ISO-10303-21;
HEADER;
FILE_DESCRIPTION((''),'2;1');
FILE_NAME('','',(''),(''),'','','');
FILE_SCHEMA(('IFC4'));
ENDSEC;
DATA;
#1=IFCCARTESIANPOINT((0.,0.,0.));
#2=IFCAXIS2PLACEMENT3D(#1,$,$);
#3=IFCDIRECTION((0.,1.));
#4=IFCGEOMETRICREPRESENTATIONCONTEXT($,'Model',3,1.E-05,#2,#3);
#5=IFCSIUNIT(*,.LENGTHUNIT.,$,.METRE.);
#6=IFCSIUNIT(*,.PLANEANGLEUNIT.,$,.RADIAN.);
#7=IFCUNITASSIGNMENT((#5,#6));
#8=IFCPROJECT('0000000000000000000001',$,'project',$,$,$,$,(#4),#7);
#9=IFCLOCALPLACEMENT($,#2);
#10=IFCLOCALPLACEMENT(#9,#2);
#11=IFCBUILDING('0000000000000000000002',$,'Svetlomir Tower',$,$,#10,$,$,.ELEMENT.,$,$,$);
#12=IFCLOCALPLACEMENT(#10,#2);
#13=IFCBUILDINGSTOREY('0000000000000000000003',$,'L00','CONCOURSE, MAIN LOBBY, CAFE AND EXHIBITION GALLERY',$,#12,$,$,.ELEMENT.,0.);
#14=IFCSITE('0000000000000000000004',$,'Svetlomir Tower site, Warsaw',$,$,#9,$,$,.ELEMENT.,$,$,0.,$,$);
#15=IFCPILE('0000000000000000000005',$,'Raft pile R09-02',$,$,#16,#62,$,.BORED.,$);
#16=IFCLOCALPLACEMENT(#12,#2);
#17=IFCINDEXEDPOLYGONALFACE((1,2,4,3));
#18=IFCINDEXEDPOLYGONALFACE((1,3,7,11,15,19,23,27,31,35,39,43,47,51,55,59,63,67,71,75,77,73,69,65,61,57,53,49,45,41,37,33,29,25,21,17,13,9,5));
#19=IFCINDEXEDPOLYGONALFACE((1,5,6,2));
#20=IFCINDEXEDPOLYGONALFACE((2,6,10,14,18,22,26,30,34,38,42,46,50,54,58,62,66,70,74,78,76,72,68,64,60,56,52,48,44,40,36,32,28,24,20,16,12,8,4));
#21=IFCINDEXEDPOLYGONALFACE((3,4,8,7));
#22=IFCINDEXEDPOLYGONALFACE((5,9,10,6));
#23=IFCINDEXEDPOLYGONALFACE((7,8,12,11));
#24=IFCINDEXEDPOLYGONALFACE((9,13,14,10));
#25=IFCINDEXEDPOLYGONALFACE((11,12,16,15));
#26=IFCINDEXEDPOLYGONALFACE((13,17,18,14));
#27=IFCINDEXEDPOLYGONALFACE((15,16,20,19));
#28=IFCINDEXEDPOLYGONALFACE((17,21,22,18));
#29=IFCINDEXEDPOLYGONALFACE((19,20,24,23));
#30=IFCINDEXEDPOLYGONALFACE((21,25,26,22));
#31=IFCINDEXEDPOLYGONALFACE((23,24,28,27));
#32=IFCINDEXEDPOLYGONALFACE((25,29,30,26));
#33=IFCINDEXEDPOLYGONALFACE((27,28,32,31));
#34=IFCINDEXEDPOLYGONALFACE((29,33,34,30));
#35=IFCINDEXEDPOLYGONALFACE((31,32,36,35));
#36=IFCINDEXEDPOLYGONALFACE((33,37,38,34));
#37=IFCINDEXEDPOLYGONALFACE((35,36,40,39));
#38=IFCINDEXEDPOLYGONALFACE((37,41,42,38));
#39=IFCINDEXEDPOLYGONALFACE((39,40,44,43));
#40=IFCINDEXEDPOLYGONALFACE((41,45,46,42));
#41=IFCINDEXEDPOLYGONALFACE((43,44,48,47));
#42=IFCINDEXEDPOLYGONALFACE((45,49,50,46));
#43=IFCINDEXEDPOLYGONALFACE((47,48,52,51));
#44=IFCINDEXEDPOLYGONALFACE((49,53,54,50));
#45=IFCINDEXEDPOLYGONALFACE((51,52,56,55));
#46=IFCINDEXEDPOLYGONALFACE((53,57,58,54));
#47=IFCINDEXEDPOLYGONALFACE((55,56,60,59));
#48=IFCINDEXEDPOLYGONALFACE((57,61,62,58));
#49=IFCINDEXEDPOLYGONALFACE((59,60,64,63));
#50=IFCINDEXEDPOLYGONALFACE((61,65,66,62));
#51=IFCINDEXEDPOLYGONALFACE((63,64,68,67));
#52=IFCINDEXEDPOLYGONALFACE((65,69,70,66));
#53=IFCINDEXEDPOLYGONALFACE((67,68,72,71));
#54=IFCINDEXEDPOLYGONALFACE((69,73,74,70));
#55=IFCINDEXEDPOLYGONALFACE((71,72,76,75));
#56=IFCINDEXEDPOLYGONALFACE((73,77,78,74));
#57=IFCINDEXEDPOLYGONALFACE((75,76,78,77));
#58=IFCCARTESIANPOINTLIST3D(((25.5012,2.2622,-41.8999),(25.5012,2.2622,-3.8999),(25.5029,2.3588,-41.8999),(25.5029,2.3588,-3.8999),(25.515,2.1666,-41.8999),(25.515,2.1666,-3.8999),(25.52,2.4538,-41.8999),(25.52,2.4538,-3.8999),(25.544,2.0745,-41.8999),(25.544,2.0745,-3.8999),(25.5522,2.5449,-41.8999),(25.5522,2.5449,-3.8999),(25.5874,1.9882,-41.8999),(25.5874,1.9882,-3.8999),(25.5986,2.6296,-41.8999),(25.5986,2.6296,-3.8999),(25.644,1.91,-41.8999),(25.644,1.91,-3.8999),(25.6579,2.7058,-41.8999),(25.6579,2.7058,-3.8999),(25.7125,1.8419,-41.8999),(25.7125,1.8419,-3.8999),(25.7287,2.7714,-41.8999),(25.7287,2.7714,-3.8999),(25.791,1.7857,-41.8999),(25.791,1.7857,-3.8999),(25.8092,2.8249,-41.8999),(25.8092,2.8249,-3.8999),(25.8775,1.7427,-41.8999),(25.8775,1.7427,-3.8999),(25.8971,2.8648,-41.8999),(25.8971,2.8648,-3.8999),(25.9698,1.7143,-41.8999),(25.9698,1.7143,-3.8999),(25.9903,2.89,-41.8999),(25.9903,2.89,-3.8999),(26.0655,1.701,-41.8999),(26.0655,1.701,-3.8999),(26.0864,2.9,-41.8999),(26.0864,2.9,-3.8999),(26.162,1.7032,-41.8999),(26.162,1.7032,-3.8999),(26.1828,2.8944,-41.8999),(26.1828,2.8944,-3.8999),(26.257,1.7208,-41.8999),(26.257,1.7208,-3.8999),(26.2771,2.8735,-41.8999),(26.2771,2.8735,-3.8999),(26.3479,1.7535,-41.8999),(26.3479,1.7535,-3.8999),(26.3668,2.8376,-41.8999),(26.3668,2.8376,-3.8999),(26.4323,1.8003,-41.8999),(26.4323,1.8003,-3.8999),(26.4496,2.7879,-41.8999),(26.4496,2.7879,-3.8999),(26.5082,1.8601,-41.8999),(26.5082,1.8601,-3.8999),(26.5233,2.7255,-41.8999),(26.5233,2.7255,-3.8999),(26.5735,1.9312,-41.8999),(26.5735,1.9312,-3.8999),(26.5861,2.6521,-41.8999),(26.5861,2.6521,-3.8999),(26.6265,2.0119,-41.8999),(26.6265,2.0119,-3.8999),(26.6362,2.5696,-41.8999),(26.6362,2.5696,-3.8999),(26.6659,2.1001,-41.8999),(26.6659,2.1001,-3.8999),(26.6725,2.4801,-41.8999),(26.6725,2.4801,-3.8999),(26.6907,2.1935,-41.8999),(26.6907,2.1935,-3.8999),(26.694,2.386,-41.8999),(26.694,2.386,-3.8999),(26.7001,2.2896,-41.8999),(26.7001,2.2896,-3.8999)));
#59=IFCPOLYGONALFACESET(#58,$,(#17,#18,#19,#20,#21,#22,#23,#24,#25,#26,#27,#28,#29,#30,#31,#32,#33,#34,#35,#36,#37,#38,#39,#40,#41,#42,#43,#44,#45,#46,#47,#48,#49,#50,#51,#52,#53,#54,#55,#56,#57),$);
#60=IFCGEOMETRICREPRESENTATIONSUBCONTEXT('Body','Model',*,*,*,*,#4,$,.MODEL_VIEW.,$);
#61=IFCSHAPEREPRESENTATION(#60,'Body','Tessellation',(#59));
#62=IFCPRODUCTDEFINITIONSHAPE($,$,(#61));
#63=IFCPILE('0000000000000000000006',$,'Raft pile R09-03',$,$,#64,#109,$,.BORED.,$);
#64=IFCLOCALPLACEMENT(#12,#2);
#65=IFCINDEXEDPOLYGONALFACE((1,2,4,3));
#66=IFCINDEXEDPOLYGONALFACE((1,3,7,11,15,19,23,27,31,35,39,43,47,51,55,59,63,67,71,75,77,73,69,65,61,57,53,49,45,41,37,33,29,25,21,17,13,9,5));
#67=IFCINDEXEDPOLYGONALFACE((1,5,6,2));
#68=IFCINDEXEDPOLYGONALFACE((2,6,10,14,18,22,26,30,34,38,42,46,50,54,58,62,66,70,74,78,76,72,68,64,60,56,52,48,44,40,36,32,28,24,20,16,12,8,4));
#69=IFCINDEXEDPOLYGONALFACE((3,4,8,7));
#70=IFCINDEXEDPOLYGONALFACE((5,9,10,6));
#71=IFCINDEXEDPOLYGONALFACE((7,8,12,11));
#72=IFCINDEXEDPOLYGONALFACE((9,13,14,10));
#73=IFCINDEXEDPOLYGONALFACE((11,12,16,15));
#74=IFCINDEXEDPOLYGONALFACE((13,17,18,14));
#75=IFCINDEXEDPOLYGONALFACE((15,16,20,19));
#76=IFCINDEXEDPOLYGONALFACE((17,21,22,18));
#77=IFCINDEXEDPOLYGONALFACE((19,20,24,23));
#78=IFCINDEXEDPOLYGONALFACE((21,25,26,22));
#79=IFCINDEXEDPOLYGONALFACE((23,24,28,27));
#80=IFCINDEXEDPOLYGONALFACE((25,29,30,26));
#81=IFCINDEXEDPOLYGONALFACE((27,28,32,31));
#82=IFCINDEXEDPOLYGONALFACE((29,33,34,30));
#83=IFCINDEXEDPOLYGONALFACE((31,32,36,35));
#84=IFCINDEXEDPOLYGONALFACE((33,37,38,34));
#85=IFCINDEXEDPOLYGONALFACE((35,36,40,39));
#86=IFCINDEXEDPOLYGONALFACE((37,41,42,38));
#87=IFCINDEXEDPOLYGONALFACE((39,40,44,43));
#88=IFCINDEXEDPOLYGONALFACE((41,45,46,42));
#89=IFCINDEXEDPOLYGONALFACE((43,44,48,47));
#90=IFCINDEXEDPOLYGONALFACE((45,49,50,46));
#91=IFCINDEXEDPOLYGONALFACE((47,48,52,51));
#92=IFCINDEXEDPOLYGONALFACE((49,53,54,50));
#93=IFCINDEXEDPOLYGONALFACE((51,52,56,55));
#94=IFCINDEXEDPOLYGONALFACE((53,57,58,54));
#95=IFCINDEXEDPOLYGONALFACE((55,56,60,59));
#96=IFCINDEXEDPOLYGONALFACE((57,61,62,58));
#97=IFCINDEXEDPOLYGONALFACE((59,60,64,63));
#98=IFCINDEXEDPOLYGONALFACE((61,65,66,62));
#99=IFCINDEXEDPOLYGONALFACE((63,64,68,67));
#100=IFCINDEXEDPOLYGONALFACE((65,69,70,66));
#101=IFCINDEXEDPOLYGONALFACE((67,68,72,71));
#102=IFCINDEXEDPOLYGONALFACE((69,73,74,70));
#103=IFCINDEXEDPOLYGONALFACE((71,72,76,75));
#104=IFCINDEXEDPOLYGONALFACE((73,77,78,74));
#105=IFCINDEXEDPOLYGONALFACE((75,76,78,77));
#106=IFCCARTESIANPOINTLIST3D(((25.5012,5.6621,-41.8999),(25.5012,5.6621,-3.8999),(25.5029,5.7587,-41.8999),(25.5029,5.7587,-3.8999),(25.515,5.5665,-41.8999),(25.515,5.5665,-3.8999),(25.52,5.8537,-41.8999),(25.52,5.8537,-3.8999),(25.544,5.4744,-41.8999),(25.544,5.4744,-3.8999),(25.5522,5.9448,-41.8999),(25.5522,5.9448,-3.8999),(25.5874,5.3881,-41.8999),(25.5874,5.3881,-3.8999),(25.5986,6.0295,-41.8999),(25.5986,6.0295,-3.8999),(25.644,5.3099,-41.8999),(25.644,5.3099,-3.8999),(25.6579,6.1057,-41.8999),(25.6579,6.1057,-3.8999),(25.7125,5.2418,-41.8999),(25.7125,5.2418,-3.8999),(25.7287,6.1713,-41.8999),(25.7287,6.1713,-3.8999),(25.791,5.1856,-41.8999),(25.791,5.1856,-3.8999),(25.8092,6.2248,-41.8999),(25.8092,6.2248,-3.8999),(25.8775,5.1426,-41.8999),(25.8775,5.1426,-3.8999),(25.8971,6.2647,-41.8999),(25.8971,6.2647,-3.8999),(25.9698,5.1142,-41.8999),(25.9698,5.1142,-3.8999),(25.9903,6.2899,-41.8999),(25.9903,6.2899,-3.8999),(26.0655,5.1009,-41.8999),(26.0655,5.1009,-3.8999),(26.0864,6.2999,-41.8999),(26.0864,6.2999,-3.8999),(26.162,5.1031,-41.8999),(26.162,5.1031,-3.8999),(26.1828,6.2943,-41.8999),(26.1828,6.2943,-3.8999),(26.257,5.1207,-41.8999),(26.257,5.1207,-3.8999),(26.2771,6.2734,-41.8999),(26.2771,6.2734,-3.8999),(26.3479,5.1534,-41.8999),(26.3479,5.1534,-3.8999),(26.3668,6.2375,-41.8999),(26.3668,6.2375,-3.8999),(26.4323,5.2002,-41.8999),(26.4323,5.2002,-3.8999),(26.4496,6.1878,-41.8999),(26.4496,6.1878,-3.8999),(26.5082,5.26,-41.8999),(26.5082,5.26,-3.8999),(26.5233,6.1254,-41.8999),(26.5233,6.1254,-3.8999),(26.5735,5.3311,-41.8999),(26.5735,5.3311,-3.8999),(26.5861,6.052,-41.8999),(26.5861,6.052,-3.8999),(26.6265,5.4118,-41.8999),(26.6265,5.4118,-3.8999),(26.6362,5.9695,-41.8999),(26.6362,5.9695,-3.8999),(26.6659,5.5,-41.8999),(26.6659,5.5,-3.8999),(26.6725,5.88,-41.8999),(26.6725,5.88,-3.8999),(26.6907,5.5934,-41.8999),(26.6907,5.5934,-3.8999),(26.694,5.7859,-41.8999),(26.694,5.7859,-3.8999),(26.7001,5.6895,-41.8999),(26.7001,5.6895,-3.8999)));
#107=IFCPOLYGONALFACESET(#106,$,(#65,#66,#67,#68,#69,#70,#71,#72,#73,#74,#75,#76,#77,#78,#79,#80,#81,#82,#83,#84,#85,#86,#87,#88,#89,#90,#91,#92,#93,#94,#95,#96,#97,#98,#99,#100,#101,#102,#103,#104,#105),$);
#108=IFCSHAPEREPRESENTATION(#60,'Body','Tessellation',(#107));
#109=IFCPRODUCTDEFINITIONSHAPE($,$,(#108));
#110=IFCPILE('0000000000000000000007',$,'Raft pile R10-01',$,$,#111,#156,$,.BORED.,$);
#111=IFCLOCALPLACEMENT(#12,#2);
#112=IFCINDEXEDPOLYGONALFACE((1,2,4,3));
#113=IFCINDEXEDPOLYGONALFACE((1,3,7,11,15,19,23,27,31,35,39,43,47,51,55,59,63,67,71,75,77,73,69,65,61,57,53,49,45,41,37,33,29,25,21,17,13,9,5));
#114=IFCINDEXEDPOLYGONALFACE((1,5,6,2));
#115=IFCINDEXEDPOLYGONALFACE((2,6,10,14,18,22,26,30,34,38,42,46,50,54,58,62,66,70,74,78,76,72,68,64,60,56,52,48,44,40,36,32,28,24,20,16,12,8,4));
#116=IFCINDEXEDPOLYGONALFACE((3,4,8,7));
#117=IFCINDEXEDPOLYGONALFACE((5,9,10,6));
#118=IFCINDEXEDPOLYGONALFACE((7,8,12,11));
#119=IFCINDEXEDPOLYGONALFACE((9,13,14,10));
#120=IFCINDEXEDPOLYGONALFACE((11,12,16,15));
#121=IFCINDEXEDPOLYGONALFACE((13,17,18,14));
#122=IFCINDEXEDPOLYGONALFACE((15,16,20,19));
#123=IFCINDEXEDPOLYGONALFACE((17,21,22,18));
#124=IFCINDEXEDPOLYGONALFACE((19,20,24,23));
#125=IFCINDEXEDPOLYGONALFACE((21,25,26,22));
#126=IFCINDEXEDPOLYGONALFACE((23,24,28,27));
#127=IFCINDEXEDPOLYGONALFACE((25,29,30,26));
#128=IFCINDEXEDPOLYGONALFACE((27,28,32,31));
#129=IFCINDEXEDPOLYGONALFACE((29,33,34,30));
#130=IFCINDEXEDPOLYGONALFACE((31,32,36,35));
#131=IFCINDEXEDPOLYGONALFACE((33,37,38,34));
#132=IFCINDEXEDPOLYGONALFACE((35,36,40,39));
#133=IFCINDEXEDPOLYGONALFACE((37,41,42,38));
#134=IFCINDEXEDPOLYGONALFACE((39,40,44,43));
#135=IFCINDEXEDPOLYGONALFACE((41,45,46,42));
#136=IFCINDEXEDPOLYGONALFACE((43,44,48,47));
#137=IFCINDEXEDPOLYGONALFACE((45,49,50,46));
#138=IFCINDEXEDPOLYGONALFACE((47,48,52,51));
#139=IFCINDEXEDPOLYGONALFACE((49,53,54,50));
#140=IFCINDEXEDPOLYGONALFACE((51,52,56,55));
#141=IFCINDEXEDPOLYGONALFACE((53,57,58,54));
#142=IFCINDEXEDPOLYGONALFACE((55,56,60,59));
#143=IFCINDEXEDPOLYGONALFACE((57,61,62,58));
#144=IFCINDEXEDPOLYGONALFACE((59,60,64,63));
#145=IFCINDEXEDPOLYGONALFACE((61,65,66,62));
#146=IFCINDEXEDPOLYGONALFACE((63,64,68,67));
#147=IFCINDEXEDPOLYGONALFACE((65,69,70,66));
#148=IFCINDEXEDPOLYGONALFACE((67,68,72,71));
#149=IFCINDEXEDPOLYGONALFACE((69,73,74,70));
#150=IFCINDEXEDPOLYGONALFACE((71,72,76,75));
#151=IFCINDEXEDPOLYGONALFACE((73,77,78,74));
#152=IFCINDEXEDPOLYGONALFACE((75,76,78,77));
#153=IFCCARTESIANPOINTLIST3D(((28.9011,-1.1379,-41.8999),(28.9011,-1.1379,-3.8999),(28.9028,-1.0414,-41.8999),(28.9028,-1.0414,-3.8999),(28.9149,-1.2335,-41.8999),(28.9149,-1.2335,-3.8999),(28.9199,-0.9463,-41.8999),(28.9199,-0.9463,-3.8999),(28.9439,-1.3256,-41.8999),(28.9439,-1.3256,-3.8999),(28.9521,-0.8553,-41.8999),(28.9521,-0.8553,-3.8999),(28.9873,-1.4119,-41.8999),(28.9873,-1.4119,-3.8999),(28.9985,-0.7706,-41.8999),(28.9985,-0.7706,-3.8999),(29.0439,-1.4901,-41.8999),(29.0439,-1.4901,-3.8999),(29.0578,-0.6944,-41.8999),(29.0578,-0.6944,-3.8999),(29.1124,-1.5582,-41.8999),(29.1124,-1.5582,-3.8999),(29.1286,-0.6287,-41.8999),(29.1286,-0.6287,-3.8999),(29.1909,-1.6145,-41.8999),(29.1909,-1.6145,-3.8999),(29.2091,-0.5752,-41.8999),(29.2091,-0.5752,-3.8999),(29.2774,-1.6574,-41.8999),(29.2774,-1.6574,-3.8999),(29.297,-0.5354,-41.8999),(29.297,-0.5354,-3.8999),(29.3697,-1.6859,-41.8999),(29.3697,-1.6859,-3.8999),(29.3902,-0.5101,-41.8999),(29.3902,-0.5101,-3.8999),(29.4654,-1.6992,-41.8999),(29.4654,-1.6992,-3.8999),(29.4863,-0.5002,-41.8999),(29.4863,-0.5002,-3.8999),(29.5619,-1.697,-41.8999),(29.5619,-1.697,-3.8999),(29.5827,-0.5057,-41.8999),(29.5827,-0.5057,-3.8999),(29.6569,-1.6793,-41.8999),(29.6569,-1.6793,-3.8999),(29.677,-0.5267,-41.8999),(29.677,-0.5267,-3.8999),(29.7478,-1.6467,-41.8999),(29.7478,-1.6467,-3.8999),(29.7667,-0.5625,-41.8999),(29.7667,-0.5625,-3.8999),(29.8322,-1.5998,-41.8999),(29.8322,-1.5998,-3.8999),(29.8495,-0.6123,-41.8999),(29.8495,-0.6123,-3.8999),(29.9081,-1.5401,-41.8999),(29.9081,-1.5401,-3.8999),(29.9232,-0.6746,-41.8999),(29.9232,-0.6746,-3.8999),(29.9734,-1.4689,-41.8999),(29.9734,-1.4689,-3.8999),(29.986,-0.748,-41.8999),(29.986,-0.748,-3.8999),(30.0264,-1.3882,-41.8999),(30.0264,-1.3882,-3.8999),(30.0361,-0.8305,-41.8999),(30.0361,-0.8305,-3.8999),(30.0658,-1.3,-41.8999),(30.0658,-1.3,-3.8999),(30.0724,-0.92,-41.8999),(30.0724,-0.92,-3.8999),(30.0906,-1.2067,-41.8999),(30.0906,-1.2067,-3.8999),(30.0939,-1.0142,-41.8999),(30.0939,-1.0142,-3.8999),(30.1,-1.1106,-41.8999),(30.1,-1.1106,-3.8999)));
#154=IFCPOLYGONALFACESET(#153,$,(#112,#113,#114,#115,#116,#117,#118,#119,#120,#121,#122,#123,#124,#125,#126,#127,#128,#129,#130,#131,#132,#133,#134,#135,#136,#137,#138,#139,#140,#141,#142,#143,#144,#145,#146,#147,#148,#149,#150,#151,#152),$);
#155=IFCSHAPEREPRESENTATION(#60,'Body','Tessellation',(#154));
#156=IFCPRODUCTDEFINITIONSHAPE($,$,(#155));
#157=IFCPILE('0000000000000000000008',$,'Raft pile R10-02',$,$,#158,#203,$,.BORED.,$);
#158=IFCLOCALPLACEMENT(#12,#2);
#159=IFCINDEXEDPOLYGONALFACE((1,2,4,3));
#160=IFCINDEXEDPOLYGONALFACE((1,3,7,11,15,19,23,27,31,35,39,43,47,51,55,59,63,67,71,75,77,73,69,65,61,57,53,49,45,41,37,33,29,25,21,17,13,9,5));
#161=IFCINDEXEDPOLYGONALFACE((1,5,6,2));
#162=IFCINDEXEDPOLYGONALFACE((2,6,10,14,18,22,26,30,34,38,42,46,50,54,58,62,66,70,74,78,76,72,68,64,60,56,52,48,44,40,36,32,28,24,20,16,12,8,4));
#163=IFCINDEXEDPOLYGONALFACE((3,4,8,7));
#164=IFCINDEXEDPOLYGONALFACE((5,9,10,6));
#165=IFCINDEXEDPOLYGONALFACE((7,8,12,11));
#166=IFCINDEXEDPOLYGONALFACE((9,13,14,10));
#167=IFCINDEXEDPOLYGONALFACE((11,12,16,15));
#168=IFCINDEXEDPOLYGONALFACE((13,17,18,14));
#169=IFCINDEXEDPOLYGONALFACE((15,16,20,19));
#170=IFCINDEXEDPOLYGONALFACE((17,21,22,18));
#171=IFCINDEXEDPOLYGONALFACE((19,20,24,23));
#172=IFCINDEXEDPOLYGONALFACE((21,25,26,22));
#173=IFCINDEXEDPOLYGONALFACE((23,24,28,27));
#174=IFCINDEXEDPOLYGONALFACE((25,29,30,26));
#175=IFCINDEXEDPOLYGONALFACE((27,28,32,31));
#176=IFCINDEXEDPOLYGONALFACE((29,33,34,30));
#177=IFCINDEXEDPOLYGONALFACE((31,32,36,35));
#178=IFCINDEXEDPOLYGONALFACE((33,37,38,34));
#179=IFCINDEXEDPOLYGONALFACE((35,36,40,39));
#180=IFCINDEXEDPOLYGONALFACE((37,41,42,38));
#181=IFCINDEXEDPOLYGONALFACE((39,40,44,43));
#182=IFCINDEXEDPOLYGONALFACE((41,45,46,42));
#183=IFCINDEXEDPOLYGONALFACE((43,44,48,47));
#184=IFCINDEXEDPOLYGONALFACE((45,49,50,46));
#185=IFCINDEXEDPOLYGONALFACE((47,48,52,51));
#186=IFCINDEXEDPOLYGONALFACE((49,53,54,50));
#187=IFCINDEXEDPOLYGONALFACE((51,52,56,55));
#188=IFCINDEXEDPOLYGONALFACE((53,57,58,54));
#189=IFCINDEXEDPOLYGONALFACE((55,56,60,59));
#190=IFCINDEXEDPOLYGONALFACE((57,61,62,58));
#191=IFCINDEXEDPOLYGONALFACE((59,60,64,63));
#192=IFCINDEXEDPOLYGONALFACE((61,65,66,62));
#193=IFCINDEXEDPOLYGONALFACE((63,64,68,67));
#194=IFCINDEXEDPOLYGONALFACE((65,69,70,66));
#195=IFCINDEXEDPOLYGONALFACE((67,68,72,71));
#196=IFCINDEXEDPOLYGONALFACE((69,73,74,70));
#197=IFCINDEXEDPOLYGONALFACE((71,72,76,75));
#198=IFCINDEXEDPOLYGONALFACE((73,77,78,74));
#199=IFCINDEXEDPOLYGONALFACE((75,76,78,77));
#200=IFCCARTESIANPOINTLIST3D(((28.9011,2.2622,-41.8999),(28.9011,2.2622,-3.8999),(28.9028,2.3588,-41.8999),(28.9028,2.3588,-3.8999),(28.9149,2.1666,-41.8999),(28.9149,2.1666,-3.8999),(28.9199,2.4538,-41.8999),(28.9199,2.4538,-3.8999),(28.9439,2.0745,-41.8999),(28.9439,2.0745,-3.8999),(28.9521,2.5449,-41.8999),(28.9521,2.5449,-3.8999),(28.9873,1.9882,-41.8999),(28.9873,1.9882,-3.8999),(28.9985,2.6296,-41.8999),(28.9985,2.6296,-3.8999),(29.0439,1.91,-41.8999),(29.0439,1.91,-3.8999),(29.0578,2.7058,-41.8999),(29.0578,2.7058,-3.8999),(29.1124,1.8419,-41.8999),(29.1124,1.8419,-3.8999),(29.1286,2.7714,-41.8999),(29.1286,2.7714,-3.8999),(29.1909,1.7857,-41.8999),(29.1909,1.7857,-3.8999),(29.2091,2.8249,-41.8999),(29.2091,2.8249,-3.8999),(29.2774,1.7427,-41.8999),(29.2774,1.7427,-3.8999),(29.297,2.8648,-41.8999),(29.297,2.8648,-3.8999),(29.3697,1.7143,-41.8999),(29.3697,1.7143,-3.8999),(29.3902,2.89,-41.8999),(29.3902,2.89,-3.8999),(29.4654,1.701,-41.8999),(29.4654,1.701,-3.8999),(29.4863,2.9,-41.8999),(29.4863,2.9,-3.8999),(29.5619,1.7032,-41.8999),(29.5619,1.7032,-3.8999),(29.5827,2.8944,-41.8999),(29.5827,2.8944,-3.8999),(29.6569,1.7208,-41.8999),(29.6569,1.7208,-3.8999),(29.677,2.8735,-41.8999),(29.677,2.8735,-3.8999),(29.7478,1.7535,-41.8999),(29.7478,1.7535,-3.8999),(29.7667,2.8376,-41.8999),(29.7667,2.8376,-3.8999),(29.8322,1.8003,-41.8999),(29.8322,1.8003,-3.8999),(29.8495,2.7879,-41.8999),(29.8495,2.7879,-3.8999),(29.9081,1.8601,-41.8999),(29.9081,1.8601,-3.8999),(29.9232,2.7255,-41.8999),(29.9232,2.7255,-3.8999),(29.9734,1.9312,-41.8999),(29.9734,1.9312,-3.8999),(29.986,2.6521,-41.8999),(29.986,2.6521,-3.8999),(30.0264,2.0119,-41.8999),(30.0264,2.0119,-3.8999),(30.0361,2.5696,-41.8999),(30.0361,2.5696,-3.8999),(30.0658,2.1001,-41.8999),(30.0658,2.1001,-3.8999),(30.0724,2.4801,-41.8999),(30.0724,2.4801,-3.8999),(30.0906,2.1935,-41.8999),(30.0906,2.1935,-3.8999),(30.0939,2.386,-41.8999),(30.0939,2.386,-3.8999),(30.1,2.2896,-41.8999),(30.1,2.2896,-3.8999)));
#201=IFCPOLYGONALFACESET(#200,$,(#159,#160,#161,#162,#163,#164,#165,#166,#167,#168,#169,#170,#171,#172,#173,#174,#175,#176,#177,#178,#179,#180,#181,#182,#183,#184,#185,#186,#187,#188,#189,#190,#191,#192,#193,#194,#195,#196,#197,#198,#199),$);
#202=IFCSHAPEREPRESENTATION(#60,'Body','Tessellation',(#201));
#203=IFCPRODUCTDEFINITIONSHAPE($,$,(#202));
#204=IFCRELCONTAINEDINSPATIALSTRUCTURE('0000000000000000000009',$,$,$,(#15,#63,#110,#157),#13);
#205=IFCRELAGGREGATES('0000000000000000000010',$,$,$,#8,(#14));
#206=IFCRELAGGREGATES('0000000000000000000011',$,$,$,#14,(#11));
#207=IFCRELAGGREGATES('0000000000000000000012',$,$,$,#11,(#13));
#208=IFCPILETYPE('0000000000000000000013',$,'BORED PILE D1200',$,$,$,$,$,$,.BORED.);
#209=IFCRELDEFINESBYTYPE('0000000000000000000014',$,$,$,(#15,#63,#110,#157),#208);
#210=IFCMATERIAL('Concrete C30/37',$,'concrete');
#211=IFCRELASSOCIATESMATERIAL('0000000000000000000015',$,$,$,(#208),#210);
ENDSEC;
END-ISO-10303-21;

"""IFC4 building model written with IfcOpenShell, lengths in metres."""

from ifc_helpers import new_model, si_unit, direction, frame, frame_2d, origin, origin_2d, place, context, subcontext, project, spatial, circle, extrude, material, material_profile, profile_set, type_object, element, save


model = new_model("IFC4")

# Units and contexts
model_context = context("Model", 3, precision=1e-05, world=origin(), true_north=direction((0.0, 1.0)))
body_context = subcontext(model_context, "Body", "Model", "MODEL_VIEW")
ifc_project = project(units=[si_unit("LENGTHUNIT", "METRE"), si_unit("PLANEANGLEUNIT", "RADIAN")], contexts=[model_context])

# Site, building, storey
site_placement = place(None, origin())
site = spatial("IfcSite", under=ifc_project, at=site_placement, Name="Svetlomir Tower site, Warsaw", CompositionType="ELEMENT", RefElevation=0.0)
building_placement = place(site_placement, origin())
building = spatial("IfcBuilding", under=site, at=building_placement, Name="Svetlomir Tower", CompositionType="ELEMENT")
storey_placement = place(building_placement, origin())
storey = spatial("IfcBuildingStorey", under=building, at=storey_placement, Name="L00", Description="CONCOURSE, MAIN LOBBY, CAFE AND EXHIBITION GALLERY", CompositionType="ELEMENT", Elevation=0.0)

# Piles
ifc_material_1 = material(Name="Concrete C30/37", Category="concrete")
ifc_material_profile_1 = material_profile(ifc_material_1, circle(Radius=0.6001, at=origin_2d()), Name="D1200")
ifc_profile_set_1 = profile_set([ifc_material_profile_1], Name="Concrete C30/37")
pile_type = type_object("IfcPileType", Name="BORED PILE D1200", PredefinedType="BORED", material=ifc_profile_set_1)
for number, where, z_axis, x_axis, name in (
    (1, (26.1001, 2.3, -3.8999), (0.0, 0.0, -1.0), (1.0, 0.0, 0.0), "Raft pile R09-02"),
    (2, (26.1001, 5.7, -3.8999), (0.0, 0.0, -1.0), (1.0, 0.0, 0.0), "Raft pile R09-03"),
    (3, (29.5, -1.1001, -3.8999), (0.0, 0.0, -1.0), (1.0, 0.0, 0.0), "Raft pile R10-01"),
    (4, (29.5, 2.3, -3.8999), (0.0, 0.0, -1.0), (1.0, 0.0, 0.0), "Raft pile R10-02"),
):
    element("IfcPile", number, at=place(storey_placement, frame(where, z_axis=z_axis, x_axis=x_axis)), inside=storey, type_object=pile_type, Name=name, PredefinedType="BORED", context=body_context, shape_type="SweptSolid", body=[
        extrude(circle(Radius=0.6001, at=frame_2d((0.0, 0.0), x_axis=(0.999848, 0.017452))), origin(), (0.0, 0.0, 1.0), 38.0),
    ])

save(model, "model.ifc")
